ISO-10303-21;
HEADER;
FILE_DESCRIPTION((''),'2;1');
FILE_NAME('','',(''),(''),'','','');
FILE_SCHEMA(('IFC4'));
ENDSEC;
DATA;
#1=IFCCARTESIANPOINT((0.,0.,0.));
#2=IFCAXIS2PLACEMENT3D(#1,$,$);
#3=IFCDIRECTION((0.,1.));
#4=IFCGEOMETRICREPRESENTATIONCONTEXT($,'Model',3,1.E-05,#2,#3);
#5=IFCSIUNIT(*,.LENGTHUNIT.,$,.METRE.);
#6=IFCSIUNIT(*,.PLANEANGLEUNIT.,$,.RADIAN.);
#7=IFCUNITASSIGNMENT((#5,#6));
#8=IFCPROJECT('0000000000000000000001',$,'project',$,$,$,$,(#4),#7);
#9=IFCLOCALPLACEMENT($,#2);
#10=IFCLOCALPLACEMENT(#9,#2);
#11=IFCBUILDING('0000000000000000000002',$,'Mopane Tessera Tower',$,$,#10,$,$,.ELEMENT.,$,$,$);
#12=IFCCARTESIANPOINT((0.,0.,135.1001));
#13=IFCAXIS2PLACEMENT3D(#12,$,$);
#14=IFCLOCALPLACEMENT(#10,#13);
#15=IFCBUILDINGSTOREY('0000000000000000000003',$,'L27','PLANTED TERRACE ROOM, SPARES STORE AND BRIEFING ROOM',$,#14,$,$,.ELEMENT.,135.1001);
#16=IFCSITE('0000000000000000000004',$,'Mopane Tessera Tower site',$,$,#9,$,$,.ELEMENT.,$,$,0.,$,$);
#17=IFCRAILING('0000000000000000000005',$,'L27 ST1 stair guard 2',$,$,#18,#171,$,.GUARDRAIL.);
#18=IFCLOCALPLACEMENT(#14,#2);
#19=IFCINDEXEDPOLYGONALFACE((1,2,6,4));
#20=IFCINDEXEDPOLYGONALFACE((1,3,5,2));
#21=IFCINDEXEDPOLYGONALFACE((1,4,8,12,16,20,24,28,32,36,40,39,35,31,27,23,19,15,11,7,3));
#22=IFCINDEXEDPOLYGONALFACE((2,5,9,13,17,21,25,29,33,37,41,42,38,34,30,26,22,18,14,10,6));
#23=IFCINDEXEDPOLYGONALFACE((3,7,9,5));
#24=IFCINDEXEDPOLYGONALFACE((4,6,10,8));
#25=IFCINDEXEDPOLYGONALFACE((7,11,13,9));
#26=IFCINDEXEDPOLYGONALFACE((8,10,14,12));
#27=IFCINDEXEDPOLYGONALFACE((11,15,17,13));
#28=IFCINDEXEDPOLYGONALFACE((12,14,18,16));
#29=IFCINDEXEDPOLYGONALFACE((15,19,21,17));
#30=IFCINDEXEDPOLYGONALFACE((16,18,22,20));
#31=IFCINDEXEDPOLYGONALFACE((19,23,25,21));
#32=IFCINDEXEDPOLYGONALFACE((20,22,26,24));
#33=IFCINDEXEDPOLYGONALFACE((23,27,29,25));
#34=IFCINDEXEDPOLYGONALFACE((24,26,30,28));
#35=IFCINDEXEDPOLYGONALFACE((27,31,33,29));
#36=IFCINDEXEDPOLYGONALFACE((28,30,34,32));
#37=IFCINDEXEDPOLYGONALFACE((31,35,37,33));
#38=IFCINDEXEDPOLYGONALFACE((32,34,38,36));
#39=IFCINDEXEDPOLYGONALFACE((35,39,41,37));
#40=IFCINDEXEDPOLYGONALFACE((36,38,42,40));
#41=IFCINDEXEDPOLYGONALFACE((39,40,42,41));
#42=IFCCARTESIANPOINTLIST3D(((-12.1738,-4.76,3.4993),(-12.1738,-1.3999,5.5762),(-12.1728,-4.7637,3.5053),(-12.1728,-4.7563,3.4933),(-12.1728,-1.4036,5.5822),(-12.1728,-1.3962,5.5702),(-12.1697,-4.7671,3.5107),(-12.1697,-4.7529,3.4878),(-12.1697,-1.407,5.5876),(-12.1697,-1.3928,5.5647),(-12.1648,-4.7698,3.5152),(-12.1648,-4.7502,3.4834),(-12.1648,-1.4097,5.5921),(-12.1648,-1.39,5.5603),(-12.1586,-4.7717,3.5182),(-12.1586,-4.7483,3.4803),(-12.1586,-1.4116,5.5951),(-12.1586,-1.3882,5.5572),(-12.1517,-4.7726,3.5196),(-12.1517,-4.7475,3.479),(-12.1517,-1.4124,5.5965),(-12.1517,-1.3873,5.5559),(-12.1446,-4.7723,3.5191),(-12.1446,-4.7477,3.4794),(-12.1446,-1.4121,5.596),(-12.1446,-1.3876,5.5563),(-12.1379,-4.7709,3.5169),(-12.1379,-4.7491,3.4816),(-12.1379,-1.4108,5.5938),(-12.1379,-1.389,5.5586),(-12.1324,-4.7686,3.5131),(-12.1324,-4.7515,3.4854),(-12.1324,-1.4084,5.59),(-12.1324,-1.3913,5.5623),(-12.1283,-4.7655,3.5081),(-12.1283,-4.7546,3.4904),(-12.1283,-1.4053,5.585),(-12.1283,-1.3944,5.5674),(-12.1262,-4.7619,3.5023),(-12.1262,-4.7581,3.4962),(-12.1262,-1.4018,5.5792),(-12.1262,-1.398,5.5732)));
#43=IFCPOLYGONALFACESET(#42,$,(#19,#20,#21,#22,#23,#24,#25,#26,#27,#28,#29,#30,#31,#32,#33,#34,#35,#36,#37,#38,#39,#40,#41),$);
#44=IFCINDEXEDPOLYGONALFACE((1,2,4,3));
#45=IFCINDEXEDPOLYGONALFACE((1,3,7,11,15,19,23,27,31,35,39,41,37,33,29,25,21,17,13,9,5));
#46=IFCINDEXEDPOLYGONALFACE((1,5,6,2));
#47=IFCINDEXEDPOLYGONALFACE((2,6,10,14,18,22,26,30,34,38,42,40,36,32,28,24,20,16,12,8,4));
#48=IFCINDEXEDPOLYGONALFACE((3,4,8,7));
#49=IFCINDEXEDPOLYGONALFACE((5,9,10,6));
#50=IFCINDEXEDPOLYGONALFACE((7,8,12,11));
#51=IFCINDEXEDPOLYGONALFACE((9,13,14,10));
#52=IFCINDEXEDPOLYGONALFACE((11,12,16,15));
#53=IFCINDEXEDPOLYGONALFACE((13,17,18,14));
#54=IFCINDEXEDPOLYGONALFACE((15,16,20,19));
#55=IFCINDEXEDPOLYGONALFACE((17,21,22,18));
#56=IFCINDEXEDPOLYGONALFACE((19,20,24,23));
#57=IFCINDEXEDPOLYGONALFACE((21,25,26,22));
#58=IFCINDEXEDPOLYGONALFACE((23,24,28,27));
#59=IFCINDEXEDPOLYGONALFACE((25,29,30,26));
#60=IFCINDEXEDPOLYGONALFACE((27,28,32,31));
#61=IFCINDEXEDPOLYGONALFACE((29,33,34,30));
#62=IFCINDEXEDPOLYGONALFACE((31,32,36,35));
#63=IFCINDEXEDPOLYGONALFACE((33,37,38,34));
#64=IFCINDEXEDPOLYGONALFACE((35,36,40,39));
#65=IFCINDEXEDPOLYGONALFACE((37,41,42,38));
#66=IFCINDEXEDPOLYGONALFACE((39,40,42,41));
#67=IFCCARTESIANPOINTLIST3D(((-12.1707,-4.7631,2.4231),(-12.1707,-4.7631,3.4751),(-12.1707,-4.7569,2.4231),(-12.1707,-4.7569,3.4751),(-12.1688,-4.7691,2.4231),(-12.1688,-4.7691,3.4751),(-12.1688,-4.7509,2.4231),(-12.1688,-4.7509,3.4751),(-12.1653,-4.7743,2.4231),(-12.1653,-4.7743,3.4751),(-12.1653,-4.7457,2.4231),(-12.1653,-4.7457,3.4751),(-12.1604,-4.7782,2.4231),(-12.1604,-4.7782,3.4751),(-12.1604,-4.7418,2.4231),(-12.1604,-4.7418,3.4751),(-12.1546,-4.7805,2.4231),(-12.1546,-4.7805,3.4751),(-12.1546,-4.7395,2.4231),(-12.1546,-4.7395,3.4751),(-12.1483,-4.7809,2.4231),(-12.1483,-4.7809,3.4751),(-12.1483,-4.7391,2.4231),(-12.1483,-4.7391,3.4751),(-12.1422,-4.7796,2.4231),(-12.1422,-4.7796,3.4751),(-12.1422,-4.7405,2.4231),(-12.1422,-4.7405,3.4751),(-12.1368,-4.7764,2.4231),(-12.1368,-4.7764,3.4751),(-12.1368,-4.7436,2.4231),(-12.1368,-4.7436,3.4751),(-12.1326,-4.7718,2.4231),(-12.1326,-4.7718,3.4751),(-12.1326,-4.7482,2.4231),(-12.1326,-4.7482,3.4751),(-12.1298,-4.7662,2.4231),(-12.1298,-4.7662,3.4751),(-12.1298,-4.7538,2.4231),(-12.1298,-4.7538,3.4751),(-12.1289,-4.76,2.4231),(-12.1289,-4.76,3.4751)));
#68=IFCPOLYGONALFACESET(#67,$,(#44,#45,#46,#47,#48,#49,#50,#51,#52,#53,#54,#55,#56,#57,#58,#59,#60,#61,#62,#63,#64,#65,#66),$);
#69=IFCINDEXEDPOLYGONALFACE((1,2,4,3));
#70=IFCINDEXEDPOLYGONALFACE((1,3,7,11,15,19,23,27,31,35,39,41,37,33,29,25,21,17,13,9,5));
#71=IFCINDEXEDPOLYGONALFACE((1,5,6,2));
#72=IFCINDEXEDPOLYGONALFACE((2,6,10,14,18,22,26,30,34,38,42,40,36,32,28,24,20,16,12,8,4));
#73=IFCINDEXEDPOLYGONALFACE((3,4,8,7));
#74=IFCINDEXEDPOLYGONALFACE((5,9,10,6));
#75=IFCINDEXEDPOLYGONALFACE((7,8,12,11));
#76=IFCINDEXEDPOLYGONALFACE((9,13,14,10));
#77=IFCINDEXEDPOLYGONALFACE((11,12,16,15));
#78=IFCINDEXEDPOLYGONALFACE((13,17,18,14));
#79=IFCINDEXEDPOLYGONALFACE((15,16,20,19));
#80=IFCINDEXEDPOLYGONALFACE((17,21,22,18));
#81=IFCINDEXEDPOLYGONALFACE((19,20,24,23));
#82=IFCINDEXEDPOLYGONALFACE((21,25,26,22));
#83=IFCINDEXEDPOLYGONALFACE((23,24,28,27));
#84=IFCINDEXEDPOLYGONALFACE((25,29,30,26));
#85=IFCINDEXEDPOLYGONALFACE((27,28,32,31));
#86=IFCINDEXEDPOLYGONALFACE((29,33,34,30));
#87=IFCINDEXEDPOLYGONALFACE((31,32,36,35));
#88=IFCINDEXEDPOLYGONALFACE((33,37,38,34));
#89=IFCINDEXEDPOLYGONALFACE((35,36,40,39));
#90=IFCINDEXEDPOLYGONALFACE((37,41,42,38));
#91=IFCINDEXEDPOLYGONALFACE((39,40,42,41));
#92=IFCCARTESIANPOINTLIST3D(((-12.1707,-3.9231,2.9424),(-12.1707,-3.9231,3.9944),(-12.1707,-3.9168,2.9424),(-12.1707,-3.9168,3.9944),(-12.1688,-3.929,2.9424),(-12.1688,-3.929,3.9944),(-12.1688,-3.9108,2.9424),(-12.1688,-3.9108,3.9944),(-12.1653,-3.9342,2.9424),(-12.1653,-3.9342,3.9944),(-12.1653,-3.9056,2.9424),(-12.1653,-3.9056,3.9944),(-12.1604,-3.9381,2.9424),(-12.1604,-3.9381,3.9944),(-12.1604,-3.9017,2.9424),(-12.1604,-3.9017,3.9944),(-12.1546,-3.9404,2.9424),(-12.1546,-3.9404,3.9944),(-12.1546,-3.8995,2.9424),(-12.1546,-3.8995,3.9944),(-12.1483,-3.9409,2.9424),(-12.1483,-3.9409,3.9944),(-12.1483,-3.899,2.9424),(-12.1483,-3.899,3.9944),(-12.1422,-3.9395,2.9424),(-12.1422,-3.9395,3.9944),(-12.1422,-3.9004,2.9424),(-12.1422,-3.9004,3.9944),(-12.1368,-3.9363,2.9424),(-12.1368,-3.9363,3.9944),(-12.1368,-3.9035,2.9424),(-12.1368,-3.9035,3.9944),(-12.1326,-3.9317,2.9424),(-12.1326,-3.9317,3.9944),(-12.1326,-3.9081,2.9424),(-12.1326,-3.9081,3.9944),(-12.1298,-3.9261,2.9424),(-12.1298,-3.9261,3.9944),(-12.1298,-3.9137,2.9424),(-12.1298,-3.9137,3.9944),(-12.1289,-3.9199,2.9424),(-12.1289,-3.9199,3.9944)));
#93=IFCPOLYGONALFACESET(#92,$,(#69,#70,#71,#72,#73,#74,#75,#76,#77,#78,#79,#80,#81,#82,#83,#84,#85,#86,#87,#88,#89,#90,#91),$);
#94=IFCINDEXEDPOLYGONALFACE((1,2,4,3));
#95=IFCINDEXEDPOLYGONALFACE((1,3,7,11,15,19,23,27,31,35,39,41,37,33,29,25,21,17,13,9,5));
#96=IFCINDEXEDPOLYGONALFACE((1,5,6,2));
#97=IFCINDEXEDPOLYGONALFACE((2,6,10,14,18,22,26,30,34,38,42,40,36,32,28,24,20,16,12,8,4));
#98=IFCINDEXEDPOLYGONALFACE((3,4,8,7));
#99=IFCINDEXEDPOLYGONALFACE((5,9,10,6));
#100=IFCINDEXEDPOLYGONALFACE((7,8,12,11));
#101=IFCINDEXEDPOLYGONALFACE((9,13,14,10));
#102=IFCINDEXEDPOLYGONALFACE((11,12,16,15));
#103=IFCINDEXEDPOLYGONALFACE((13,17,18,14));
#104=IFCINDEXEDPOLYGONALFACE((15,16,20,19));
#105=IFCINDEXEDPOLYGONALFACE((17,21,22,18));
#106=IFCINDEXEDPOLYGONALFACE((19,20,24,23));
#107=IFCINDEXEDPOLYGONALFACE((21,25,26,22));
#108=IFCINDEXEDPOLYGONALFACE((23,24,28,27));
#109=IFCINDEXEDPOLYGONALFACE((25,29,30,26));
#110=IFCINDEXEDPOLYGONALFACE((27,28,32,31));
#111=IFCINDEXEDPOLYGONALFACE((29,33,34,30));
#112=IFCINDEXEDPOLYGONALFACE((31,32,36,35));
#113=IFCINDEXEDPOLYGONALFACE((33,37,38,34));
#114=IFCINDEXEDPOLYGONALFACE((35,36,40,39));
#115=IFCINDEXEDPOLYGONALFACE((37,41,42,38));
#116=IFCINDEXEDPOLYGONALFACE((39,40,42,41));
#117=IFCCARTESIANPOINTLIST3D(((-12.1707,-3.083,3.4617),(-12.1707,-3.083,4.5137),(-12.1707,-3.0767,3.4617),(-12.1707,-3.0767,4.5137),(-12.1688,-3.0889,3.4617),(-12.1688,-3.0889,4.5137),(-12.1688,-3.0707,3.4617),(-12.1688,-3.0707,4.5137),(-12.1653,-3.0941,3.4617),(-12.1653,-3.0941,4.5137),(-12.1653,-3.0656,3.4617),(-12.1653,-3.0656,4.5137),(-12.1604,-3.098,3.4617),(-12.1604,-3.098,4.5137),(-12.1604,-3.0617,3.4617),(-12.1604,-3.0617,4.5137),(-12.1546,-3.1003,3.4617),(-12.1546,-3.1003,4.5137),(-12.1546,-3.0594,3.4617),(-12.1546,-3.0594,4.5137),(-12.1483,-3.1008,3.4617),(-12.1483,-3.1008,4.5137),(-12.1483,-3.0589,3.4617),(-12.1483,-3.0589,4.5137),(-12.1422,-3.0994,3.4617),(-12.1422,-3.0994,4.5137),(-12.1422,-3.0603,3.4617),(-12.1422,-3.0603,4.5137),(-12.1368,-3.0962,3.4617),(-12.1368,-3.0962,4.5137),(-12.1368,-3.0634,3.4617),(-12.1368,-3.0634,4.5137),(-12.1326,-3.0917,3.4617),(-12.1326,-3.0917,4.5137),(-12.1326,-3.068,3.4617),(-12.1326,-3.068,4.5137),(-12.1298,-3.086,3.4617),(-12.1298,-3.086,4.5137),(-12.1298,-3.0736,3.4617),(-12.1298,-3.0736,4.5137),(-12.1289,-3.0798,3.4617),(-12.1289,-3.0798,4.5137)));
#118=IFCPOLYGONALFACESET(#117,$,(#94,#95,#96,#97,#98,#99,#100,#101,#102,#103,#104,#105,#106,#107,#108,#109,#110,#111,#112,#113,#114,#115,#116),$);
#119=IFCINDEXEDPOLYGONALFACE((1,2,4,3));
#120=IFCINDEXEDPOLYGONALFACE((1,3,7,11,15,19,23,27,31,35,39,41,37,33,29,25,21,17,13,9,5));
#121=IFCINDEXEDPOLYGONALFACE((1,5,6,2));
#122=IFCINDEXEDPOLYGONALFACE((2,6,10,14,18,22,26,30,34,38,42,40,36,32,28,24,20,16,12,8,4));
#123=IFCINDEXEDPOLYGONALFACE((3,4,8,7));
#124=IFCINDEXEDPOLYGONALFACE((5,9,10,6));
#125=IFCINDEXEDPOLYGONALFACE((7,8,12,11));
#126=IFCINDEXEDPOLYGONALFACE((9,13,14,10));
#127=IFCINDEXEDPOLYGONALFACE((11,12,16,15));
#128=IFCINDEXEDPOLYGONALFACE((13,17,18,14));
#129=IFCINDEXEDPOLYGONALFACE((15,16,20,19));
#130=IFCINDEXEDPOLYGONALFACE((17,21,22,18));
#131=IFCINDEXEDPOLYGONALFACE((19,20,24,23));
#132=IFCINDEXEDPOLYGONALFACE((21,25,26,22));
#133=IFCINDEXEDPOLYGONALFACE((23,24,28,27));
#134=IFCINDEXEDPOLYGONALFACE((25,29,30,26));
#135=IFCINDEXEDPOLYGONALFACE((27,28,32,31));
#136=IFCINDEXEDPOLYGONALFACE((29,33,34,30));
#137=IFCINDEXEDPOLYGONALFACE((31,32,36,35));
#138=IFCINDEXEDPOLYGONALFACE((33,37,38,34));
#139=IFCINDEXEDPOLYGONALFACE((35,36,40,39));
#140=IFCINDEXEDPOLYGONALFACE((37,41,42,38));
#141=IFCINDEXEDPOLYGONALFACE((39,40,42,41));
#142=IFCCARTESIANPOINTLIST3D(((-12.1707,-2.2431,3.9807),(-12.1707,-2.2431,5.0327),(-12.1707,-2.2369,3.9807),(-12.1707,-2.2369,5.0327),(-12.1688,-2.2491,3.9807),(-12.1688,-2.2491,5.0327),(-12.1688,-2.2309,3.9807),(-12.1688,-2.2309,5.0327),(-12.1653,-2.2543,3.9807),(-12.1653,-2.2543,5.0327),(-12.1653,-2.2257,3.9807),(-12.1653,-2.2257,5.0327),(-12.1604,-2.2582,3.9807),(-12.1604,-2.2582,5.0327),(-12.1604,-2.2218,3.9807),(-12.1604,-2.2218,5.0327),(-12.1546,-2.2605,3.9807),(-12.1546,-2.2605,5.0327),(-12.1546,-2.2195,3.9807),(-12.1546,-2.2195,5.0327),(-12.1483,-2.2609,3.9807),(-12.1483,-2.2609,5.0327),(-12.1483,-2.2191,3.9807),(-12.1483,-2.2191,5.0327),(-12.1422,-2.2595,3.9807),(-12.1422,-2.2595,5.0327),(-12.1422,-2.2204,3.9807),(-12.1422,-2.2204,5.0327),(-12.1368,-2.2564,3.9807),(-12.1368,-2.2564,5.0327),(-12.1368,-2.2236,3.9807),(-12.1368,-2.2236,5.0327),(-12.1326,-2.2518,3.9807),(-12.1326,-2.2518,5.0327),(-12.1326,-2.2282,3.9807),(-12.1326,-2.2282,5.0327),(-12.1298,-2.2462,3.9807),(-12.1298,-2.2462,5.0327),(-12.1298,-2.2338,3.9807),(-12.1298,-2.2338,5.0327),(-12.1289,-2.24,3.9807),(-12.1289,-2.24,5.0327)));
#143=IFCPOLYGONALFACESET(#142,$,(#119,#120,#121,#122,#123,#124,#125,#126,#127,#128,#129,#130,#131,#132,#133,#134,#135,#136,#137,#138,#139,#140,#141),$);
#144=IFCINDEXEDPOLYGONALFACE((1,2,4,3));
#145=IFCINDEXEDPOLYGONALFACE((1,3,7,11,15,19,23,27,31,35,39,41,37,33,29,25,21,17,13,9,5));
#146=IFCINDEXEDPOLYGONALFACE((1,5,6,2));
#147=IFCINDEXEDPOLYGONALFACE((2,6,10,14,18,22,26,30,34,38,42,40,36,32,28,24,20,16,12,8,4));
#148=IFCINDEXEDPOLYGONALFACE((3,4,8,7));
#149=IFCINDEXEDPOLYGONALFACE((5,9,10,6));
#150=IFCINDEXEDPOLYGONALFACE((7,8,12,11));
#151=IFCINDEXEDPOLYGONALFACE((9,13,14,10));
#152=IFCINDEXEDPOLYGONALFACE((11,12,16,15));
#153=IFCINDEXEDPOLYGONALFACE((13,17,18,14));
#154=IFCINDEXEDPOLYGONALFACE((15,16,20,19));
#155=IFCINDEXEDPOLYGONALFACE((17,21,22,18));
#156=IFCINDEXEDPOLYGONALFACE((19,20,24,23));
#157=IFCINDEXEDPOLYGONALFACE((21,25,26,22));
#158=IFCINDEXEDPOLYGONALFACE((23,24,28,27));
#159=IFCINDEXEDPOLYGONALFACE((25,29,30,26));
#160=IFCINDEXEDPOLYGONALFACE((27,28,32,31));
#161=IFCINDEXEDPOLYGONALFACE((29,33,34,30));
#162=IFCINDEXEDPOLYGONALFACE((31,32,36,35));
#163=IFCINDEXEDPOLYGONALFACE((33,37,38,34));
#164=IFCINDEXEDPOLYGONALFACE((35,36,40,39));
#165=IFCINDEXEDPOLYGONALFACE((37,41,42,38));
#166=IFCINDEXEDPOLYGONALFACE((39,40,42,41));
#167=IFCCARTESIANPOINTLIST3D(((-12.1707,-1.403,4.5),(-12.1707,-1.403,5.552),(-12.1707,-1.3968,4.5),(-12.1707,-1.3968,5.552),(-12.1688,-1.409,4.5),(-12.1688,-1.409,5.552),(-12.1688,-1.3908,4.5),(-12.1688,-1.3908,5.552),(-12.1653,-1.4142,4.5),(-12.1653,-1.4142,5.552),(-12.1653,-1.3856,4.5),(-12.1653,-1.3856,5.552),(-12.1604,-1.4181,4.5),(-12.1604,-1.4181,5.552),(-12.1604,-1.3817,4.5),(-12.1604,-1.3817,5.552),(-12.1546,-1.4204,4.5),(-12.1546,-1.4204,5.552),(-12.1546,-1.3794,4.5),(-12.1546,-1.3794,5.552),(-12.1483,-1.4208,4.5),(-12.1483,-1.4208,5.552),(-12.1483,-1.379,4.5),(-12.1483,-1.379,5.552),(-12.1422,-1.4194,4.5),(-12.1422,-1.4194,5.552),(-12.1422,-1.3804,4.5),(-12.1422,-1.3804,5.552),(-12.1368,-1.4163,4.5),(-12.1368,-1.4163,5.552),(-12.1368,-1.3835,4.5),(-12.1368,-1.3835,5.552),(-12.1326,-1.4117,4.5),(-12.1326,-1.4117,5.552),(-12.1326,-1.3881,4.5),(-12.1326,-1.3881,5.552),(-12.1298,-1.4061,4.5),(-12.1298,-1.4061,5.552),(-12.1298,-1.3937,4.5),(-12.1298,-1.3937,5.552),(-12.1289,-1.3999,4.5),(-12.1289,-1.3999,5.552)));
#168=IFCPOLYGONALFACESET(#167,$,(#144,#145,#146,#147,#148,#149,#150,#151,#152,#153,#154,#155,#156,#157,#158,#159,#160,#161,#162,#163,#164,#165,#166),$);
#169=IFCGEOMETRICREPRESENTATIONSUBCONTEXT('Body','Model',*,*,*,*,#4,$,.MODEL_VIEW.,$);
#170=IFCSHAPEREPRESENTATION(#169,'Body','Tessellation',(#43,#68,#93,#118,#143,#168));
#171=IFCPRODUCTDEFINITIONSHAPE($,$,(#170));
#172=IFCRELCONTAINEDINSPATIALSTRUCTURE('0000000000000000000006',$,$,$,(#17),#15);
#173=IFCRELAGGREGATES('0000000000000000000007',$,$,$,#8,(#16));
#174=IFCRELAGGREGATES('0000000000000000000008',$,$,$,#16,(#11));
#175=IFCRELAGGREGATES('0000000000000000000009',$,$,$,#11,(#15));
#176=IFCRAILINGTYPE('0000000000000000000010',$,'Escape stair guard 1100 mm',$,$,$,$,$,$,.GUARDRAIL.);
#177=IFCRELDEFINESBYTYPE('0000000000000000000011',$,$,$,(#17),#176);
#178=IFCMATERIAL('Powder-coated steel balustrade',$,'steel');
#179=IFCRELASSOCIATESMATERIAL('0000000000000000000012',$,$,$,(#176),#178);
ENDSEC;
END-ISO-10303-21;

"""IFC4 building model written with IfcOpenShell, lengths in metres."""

from ifc_helpers import new_model, si_unit, direction, frame, origin, origin_2d, place, context, subcontext, project, spatial, circle, extrude, material, type_object, element, save


model = new_model("IFC4")

# Units and contexts
model_context = context("Model", 3, precision=1e-05, world=origin(), true_north=direction((0.0, 1.0)))
body_context = subcontext(model_context, "Body", "Model", "MODEL_VIEW")
ifc_project = project(units=[si_unit("LENGTHUNIT", "METRE"), si_unit("PLANEANGLEUNIT", "RADIAN")], contexts=[model_context])

# Site, building, storey
site_placement = place(None, origin())
site = spatial("IfcSite", under=ifc_project, at=site_placement, Name="Mopane Tessera Tower site", CompositionType="ELEMENT", RefElevation=0.0)
building_placement = place(site_placement, origin())
building = spatial("IfcBuilding", under=site, at=building_placement, Name="Mopane Tessera Tower", CompositionType="ELEMENT")
storey_placement = place(building_placement, frame((0.0, 0.0, 135.1001)))
storey = spatial("IfcBuildingStorey", under=building, at=storey_placement, Name="L27", Description="PLANTED TERRACE ROOM, SPARES STORE AND BRIEFING ROOM", CompositionType="ELEMENT", Elevation=135.1001)

# Railing
ifc_material_1 = material(Name="Powder-coated steel balustrade", Category="steel")
railing_type_1 = type_object("IfcRailingType", Name="Escape stair guard 1100 mm", PredefinedType="GUARDRAIL", material=ifc_material_1)
railing_1_placement = place(storey_placement, frame((-12.1499, -4.76, 2.4231)))
element("IfcRailing", 1, at=railing_1_placement, inside=storey, type_object=railing_type_1, Name="L27 ST1 stair guard 2", PredefinedType="GUARDRAIL", context=body_context, shape_type="SweptSolid", body=[
    extrude(circle(Radius=0.0239, at=origin_2d()), frame((0.0, 0.0, 1.0762), z_axis=(0.0, 0.850623, 0.525776), x_axis=(-1.0, 0.0, 0.0)), (0.0, 0.0, 1.0), 3.9502),
    extrude(circle(Radius=0.021, at=origin_2d()), origin(), (0.0, 0.0, 1.0), 1.052),
    extrude(circle(Radius=0.021, at=origin_2d()), frame((0.0, 0.8401, 0.5193)), (0.0, 0.0, 1.0), 1.052),
    extrude(circle(Radius=0.021, at=origin_2d()), frame((0.0, 1.6802, 1.0386)), (0.0, 0.0, 1.0), 1.052),
    extrude(circle(Radius=0.021, at=origin_2d()), frame((0.0, 2.52, 1.5576)), (0.0, 0.0, 1.0), 1.052),
    extrude(circle(Radius=0.021, at=origin_2d()), frame((0.0, 3.3601, 2.0769)), (0.0, 0.0, 1.0), 1.052),
])

save(model, "model.ifc")
